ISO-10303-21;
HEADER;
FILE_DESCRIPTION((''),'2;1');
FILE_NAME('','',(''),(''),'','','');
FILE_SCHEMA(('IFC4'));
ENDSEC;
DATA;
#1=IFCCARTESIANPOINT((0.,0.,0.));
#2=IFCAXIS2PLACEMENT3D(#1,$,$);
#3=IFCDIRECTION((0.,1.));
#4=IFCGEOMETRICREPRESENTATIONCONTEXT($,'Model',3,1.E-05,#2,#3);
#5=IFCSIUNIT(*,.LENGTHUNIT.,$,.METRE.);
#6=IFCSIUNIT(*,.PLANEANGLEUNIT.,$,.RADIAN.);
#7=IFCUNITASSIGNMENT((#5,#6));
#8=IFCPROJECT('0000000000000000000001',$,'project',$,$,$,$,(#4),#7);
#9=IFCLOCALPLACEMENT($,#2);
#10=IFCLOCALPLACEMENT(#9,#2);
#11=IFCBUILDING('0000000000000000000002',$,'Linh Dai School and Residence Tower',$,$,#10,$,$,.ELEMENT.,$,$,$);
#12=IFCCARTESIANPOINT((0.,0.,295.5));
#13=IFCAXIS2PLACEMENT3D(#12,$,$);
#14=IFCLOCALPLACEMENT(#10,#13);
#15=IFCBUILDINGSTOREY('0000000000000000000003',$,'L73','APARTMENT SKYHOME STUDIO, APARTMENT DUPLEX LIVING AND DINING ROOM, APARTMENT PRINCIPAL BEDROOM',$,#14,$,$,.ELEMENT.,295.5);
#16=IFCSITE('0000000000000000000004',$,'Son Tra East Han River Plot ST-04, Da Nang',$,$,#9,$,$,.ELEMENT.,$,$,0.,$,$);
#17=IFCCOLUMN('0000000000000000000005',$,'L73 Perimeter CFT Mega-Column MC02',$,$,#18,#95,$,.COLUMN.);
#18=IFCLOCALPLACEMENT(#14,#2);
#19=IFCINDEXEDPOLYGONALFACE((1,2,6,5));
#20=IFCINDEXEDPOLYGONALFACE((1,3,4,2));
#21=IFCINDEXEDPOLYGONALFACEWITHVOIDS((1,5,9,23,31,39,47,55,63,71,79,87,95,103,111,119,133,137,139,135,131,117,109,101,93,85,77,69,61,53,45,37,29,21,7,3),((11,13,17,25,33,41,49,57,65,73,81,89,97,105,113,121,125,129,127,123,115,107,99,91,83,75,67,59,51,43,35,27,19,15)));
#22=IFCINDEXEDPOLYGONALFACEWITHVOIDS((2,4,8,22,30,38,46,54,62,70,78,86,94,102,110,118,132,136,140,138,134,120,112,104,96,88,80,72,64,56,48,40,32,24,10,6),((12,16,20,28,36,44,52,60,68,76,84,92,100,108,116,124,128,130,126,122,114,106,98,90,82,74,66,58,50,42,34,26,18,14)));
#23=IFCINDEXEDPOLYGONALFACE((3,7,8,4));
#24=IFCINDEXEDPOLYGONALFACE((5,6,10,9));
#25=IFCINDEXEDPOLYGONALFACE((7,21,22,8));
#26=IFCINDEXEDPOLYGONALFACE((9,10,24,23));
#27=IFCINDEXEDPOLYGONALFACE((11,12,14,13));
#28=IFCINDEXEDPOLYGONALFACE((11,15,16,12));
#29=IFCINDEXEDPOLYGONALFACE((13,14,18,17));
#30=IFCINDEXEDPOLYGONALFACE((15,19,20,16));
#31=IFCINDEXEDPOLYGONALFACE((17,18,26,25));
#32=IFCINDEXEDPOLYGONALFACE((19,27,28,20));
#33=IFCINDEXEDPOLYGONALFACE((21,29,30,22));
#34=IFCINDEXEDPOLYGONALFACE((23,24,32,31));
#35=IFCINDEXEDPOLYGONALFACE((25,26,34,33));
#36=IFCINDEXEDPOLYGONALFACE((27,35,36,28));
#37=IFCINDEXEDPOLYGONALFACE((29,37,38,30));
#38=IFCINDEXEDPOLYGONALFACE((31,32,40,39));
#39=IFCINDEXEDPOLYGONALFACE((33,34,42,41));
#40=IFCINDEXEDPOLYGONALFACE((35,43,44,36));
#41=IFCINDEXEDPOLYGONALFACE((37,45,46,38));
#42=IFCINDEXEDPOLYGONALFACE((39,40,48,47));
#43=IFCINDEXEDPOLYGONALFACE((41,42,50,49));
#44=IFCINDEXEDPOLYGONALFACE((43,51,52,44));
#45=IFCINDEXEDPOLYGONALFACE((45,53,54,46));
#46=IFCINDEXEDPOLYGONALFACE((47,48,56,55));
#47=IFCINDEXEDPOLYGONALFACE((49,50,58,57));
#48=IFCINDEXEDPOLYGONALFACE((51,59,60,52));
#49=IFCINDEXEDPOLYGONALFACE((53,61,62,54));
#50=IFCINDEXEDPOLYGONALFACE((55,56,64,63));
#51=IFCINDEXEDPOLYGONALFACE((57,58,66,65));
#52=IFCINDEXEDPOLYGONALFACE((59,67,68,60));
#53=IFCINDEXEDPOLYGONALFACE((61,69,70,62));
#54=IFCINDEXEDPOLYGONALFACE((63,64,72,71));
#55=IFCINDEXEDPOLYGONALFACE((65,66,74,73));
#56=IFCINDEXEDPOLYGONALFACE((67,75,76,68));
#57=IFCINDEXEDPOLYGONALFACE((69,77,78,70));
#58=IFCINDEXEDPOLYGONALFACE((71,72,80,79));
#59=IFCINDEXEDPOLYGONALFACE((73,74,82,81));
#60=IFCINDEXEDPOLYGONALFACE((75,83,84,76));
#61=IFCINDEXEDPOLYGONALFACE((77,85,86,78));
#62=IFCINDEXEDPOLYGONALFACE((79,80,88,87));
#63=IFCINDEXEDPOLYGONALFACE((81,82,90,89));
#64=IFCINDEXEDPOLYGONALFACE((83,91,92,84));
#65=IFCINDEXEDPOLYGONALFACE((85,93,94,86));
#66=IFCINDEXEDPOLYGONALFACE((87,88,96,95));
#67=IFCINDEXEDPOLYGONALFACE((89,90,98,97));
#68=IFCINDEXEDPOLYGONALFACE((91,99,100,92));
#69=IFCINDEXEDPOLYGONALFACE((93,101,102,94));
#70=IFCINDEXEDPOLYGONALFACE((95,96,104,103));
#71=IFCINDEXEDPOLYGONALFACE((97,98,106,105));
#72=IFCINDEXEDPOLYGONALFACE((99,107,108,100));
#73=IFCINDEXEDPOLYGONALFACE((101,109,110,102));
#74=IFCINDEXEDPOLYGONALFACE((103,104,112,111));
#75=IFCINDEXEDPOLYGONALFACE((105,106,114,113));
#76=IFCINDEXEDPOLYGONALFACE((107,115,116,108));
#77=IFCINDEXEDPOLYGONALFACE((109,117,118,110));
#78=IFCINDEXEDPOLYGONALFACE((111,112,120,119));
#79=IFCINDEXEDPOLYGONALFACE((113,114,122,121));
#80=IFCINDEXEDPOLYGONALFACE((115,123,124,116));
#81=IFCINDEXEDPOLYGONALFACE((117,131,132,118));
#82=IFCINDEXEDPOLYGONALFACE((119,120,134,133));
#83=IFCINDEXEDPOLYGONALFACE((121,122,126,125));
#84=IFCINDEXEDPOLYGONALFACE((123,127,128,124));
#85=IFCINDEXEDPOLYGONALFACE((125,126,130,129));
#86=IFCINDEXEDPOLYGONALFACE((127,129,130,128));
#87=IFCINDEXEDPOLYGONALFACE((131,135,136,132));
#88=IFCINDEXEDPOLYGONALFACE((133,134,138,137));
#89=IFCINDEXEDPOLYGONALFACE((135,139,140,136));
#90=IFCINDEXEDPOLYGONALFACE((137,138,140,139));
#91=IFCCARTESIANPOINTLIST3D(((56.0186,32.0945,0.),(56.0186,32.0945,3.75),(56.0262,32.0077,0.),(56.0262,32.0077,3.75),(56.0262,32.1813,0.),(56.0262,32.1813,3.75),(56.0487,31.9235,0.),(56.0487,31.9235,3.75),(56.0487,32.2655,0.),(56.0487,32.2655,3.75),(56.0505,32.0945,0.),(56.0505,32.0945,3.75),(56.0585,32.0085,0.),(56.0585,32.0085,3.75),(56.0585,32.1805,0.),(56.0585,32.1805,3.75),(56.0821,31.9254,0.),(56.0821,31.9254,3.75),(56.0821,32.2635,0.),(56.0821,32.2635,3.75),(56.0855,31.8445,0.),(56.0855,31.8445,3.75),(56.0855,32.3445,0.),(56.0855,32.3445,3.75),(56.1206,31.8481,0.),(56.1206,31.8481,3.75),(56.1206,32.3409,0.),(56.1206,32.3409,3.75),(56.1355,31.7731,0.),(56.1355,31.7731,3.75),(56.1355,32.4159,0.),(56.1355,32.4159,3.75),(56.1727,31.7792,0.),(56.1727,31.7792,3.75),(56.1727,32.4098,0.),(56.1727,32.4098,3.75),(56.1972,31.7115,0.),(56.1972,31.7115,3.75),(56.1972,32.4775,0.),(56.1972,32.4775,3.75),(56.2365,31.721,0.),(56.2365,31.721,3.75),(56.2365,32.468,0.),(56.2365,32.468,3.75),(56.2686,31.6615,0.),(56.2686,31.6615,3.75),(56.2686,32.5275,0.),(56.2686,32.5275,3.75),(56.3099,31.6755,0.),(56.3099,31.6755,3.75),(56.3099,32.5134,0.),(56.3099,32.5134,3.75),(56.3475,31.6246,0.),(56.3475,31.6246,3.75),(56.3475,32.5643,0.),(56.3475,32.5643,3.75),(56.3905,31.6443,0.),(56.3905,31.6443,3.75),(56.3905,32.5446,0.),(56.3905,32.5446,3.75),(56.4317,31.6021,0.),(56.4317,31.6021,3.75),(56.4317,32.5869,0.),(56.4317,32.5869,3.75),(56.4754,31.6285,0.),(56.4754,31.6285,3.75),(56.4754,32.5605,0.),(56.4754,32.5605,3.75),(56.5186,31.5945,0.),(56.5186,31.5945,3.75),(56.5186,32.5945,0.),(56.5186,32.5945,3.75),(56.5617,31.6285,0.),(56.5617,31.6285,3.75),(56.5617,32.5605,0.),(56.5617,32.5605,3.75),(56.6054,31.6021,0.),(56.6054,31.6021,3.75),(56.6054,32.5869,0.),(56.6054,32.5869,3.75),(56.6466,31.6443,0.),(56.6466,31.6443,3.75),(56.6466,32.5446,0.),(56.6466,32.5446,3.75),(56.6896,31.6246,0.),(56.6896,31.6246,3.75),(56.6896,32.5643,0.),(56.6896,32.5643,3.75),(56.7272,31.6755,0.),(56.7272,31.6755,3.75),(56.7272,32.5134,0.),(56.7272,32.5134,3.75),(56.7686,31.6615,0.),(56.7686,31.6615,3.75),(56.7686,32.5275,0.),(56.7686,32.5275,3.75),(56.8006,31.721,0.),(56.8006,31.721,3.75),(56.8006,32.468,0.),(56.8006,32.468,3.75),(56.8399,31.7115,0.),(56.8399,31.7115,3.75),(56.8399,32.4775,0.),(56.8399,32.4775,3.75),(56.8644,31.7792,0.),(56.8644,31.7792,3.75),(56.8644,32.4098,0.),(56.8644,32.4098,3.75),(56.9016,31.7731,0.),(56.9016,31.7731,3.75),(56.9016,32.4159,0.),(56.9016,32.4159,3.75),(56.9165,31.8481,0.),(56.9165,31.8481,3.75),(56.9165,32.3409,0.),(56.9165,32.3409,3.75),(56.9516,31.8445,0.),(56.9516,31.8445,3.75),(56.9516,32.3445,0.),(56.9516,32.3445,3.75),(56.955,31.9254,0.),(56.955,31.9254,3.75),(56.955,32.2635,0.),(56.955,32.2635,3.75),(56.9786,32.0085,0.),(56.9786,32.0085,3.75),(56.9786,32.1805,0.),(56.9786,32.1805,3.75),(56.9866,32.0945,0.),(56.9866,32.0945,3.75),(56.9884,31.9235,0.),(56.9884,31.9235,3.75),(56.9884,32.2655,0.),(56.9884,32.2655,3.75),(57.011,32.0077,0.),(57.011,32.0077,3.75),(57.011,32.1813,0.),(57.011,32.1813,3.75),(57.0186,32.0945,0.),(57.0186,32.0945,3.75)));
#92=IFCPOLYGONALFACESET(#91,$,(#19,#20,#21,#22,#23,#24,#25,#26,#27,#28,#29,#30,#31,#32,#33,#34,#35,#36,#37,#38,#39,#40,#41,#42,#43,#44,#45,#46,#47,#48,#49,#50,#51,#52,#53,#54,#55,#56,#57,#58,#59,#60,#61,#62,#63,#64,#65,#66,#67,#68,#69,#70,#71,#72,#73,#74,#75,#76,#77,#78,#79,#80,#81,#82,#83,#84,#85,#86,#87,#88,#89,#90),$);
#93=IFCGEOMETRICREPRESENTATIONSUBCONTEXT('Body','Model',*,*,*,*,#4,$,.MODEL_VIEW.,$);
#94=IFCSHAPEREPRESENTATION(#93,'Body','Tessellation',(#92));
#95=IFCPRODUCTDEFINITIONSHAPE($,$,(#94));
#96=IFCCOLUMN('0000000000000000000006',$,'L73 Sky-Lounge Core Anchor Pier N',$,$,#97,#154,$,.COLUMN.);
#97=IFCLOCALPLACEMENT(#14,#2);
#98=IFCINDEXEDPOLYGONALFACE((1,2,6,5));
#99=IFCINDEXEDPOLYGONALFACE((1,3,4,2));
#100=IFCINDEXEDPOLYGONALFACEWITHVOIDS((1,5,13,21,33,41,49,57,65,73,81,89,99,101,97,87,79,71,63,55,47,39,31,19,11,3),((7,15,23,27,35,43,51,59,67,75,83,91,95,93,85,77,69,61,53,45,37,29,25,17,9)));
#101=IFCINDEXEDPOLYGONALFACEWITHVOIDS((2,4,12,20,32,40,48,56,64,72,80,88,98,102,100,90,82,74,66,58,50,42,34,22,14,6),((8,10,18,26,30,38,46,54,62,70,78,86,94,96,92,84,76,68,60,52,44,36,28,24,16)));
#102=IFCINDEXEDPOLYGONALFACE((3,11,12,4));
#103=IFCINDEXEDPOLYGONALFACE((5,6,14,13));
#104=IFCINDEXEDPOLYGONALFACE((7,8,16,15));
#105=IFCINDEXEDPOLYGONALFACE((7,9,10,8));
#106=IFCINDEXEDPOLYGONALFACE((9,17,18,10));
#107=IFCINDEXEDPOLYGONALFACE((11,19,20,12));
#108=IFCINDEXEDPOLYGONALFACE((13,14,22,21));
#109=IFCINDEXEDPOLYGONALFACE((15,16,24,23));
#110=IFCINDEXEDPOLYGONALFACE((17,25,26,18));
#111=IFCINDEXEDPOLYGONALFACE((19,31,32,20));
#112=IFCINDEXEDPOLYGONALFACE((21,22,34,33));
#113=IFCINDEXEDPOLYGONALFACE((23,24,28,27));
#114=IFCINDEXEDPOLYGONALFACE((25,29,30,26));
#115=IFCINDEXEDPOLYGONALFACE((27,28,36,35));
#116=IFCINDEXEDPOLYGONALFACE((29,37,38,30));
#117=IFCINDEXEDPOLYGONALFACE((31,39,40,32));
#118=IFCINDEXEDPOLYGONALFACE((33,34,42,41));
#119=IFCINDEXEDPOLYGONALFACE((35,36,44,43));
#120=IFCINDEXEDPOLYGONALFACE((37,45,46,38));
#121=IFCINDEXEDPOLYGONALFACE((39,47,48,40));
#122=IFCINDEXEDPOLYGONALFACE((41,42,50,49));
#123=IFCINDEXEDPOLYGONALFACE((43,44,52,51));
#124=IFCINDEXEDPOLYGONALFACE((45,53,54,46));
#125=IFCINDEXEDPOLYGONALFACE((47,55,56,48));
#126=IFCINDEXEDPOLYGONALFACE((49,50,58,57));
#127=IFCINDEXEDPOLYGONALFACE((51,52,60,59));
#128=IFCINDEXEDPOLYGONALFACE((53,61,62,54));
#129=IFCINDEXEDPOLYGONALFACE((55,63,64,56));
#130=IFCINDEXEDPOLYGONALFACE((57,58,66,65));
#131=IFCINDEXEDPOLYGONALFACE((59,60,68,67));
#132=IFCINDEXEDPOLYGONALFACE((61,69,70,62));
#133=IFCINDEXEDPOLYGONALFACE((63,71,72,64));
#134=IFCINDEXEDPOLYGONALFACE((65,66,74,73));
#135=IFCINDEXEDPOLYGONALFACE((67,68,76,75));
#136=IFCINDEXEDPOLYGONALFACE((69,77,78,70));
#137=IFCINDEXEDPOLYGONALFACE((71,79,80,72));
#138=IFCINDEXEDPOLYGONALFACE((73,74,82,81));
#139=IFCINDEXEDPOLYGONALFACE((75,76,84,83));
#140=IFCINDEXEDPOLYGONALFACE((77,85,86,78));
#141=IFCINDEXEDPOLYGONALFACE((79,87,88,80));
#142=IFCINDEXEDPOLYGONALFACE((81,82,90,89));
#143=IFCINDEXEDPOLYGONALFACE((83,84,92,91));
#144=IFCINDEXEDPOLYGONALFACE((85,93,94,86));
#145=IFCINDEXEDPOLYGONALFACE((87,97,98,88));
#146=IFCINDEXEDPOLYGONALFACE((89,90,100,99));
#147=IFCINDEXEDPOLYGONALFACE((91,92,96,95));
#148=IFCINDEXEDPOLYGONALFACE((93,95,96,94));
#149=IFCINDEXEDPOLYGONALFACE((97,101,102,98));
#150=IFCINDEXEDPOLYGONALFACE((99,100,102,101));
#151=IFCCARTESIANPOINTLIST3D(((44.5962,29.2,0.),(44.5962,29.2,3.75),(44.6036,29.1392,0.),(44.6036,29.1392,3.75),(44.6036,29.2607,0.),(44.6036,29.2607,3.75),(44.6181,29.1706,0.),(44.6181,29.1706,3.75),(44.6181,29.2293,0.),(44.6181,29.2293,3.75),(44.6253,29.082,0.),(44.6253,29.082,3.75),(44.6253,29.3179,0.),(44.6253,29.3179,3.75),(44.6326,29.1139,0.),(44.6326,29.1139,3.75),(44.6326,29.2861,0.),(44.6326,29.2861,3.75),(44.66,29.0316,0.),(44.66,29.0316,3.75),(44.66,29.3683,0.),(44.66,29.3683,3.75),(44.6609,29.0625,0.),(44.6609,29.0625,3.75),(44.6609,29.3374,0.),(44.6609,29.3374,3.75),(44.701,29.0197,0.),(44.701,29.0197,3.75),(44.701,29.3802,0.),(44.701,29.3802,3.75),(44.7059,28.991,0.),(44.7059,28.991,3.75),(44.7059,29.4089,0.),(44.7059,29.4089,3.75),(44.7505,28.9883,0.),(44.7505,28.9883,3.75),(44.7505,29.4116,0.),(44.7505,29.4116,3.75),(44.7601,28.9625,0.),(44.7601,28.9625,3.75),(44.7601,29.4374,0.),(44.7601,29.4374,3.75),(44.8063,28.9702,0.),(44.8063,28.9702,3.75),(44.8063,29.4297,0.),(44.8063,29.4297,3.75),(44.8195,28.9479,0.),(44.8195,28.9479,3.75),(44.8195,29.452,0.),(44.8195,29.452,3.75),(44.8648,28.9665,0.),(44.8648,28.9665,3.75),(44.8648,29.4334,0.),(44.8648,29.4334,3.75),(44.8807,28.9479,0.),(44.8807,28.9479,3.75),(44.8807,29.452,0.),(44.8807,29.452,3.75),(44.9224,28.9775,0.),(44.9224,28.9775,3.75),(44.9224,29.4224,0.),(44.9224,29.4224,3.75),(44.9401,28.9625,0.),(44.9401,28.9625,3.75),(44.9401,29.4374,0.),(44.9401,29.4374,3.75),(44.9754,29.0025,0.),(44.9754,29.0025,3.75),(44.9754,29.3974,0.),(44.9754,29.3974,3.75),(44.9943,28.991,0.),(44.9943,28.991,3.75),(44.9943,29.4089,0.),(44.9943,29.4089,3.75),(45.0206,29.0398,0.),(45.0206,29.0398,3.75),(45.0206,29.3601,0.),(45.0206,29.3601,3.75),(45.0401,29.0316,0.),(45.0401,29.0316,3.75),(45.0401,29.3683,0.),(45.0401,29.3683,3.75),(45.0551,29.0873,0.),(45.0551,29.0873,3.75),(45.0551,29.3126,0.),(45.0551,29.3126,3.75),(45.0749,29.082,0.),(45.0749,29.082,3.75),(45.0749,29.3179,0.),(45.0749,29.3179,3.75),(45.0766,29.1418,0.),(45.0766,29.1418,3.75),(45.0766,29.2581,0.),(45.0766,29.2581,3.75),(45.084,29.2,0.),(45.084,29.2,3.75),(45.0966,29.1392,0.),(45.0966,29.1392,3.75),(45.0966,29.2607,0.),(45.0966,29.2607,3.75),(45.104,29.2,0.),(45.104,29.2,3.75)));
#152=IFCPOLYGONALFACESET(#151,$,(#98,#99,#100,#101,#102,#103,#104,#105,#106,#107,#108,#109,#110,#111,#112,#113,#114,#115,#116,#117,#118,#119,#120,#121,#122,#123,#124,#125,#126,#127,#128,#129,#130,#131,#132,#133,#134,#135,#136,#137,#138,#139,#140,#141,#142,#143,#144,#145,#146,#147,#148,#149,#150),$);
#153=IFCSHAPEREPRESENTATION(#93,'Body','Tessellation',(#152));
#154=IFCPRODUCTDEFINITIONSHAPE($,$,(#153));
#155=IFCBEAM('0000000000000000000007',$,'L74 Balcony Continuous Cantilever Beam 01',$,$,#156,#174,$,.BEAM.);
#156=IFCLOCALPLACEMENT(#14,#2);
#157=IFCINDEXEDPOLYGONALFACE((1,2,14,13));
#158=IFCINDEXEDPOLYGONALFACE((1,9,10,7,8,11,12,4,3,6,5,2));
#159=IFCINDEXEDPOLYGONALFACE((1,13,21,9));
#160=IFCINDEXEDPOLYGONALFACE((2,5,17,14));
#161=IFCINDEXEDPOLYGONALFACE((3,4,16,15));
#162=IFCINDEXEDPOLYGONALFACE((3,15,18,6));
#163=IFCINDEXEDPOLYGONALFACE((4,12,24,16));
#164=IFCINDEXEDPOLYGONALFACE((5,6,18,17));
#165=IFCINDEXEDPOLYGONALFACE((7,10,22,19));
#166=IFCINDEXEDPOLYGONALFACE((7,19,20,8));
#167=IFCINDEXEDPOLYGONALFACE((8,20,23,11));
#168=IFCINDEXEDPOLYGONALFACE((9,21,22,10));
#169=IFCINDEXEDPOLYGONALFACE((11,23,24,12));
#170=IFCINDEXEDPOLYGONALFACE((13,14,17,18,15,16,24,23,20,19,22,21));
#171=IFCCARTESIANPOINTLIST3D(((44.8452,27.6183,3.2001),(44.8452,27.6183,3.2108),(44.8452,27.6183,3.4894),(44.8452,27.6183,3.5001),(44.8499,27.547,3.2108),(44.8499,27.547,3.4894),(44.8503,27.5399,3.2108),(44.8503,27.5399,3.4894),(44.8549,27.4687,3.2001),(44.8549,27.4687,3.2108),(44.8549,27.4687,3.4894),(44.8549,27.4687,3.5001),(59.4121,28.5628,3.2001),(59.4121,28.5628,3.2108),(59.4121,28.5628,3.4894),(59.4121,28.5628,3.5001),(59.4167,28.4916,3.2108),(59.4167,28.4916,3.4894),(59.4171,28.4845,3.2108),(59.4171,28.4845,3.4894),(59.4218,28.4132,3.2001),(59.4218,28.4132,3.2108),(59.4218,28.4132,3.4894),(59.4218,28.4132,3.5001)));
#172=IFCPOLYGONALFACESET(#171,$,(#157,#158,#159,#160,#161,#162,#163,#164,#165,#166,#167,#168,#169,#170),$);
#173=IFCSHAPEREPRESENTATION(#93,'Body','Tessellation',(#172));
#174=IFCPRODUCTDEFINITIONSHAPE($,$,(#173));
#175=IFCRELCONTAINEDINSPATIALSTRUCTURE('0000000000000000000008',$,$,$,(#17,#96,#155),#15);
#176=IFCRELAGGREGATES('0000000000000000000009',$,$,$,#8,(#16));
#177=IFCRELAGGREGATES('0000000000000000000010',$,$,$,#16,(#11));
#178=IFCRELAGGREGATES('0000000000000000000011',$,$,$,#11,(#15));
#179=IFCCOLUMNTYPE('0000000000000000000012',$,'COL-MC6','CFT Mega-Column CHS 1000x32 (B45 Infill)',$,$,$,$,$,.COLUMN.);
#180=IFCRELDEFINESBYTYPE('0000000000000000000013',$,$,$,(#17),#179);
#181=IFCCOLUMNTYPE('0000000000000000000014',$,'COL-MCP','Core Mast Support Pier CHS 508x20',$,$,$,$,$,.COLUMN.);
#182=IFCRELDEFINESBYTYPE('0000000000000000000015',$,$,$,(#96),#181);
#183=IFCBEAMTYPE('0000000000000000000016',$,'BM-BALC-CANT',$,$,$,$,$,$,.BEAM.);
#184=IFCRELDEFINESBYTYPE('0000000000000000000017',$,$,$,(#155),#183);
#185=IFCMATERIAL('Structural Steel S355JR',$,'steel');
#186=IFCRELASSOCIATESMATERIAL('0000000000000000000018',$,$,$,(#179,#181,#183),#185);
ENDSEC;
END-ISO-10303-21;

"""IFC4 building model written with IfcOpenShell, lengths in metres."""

from ifc_helpers import new_model, si_unit, direction, frame, origin, origin_2d, place, context, subcontext, project, spatial, hollow_circle, i_section, extrude, material, material_profile, profile_set, type_object, element, save


model = new_model("IFC4")

# Units and contexts
model_context = context("Model", 3, precision=1e-05, world=origin(), true_north=direction((0.0, 1.0)))
body_context = subcontext(model_context, "Body", "Model", "MODEL_VIEW")
ifc_project = project(units=[si_unit("LENGTHUNIT", "METRE"), si_unit("PLANEANGLEUNIT", "RADIAN")], contexts=[model_context])

# Site, building, storey
site_placement = place(None, origin())
site = spatial("IfcSite", under=ifc_project, at=site_placement, Name="Son Tra East Han River Plot ST-04, Da Nang", CompositionType="ELEMENT", RefElevation=0.0)
building_placement = place(site_placement, origin())
building = spatial("IfcBuilding", under=site, at=building_placement, Name="Linh Dai School and Residence Tower", CompositionType="ELEMENT")
storey_placement = place(building_placement, frame((0.0, 0.0, 295.5)))
storey = spatial("IfcBuildingStorey", under=building, at=storey_placement, Name="L73", Description="APARTMENT SKYHOME STUDIO, APARTMENT DUPLEX LIVING AND DINING ROOM, APARTMENT PRINCIPAL BEDROOM", CompositionType="ELEMENT", Elevation=295.5)

# Columns
ifc_material_1 = material(Name="Structural Steel S355JR", Category="steel")
ifc_material_profile_1 = material_profile(ifc_material_1, hollow_circle(Radius=0.5, WallThickness=0.032, at=origin_2d()), Name="CHS 1000x32")
ifc_profile_set_1 = profile_set([ifc_material_profile_1], Name="Structural Steel S355JR")
column_type_1 = type_object("IfcColumnType", Name="COL-MC6", Description="CFT Mega-Column CHS 1000x32 (B45 Infill)", PredefinedType="COLUMN", material=ifc_profile_set_1)
column_1_placement = place(storey_placement, frame((56.5186, 32.0945, 0.0), z_axis=(0.0, 0.0, 1.0), x_axis=(1.0, 0.0, 0.0)))
element("IfcColumn", 1, at=column_1_placement, inside=storey, type_object=column_type_1, Name="L73 Perimeter CFT Mega-Column MC02", PredefinedType="COLUMN", context=body_context, shape_type="SweptSolid", body=[
    extrude(hollow_circle(Radius=0.5, WallThickness=0.032, at=origin_2d()), origin(), (0.0, 0.0, 1.0), 3.75),
])
ifc_material_profile_2 = material_profile(ifc_material_1, hollow_circle(Radius=0.2539, WallThickness=0.02, at=origin_2d()), Name="CHS 508x20")
ifc_profile_set_2 = profile_set([ifc_material_profile_2], Name="Structural Steel S355JR")
column_type_2 = type_object("IfcColumnType", Name="COL-MCP", Description="Core Mast Support Pier CHS 508x20", PredefinedType="COLUMN", material=ifc_profile_set_2)
column_2_placement = place(storey_placement, frame((44.8501, 29.2, 0.0), z_axis=(0.0, 0.0, 1.0), x_axis=(1.0, 0.0, 0.0)))
element("IfcColumn", 2, at=column_2_placement, inside=storey, type_object=column_type_2, Name="L73 Sky-Lounge Core Anchor Pier N", PredefinedType="COLUMN", context=body_context, shape_type="SweptSolid", body=[
    extrude(hollow_circle(Radius=0.2539, WallThickness=0.02, at=origin_2d()), origin(), (0.0, 0.0, 1.0), 3.75),
])

# Beam
ifc_material_profile_3 = material_profile(ifc_material_1, i_section(OverallWidth=0.1499, OverallDepth=0.3, WebThickness=0.0071, FlangeThickness=0.0107, at=origin_2d()), Name="IPE 300")
ifc_profile_set_3 = profile_set([ifc_material_profile_3], Name="Structural Steel S355JR")
beam_type_1 = type_object("IfcBeamType", Name="BM-BALC-CANT", PredefinedType="BEAM", material=ifc_profile_set_3)
beam_1_placement = place(storey_placement, frame((44.8501, 27.5435, 3.3501), z_axis=(0.997904, 0.064708, 0.0), x_axis=(-0.064708, 0.997904, 0.0)))
element("IfcBeam", 3, at=beam_1_placement, inside=storey, type_object=beam_type_1, Name="L74 Balcony Continuous Cantilever Beam 01", PredefinedType="BEAM", context=body_context, shape_type="SweptSolid", body=[
    extrude(i_section(OverallWidth=0.1499, OverallDepth=0.3, WebThickness=0.0071, FlangeThickness=0.0107, at=origin_2d()), origin(), (0.0, 0.0, 1.0), 14.5974),
])

save(model, "model.ifc")
